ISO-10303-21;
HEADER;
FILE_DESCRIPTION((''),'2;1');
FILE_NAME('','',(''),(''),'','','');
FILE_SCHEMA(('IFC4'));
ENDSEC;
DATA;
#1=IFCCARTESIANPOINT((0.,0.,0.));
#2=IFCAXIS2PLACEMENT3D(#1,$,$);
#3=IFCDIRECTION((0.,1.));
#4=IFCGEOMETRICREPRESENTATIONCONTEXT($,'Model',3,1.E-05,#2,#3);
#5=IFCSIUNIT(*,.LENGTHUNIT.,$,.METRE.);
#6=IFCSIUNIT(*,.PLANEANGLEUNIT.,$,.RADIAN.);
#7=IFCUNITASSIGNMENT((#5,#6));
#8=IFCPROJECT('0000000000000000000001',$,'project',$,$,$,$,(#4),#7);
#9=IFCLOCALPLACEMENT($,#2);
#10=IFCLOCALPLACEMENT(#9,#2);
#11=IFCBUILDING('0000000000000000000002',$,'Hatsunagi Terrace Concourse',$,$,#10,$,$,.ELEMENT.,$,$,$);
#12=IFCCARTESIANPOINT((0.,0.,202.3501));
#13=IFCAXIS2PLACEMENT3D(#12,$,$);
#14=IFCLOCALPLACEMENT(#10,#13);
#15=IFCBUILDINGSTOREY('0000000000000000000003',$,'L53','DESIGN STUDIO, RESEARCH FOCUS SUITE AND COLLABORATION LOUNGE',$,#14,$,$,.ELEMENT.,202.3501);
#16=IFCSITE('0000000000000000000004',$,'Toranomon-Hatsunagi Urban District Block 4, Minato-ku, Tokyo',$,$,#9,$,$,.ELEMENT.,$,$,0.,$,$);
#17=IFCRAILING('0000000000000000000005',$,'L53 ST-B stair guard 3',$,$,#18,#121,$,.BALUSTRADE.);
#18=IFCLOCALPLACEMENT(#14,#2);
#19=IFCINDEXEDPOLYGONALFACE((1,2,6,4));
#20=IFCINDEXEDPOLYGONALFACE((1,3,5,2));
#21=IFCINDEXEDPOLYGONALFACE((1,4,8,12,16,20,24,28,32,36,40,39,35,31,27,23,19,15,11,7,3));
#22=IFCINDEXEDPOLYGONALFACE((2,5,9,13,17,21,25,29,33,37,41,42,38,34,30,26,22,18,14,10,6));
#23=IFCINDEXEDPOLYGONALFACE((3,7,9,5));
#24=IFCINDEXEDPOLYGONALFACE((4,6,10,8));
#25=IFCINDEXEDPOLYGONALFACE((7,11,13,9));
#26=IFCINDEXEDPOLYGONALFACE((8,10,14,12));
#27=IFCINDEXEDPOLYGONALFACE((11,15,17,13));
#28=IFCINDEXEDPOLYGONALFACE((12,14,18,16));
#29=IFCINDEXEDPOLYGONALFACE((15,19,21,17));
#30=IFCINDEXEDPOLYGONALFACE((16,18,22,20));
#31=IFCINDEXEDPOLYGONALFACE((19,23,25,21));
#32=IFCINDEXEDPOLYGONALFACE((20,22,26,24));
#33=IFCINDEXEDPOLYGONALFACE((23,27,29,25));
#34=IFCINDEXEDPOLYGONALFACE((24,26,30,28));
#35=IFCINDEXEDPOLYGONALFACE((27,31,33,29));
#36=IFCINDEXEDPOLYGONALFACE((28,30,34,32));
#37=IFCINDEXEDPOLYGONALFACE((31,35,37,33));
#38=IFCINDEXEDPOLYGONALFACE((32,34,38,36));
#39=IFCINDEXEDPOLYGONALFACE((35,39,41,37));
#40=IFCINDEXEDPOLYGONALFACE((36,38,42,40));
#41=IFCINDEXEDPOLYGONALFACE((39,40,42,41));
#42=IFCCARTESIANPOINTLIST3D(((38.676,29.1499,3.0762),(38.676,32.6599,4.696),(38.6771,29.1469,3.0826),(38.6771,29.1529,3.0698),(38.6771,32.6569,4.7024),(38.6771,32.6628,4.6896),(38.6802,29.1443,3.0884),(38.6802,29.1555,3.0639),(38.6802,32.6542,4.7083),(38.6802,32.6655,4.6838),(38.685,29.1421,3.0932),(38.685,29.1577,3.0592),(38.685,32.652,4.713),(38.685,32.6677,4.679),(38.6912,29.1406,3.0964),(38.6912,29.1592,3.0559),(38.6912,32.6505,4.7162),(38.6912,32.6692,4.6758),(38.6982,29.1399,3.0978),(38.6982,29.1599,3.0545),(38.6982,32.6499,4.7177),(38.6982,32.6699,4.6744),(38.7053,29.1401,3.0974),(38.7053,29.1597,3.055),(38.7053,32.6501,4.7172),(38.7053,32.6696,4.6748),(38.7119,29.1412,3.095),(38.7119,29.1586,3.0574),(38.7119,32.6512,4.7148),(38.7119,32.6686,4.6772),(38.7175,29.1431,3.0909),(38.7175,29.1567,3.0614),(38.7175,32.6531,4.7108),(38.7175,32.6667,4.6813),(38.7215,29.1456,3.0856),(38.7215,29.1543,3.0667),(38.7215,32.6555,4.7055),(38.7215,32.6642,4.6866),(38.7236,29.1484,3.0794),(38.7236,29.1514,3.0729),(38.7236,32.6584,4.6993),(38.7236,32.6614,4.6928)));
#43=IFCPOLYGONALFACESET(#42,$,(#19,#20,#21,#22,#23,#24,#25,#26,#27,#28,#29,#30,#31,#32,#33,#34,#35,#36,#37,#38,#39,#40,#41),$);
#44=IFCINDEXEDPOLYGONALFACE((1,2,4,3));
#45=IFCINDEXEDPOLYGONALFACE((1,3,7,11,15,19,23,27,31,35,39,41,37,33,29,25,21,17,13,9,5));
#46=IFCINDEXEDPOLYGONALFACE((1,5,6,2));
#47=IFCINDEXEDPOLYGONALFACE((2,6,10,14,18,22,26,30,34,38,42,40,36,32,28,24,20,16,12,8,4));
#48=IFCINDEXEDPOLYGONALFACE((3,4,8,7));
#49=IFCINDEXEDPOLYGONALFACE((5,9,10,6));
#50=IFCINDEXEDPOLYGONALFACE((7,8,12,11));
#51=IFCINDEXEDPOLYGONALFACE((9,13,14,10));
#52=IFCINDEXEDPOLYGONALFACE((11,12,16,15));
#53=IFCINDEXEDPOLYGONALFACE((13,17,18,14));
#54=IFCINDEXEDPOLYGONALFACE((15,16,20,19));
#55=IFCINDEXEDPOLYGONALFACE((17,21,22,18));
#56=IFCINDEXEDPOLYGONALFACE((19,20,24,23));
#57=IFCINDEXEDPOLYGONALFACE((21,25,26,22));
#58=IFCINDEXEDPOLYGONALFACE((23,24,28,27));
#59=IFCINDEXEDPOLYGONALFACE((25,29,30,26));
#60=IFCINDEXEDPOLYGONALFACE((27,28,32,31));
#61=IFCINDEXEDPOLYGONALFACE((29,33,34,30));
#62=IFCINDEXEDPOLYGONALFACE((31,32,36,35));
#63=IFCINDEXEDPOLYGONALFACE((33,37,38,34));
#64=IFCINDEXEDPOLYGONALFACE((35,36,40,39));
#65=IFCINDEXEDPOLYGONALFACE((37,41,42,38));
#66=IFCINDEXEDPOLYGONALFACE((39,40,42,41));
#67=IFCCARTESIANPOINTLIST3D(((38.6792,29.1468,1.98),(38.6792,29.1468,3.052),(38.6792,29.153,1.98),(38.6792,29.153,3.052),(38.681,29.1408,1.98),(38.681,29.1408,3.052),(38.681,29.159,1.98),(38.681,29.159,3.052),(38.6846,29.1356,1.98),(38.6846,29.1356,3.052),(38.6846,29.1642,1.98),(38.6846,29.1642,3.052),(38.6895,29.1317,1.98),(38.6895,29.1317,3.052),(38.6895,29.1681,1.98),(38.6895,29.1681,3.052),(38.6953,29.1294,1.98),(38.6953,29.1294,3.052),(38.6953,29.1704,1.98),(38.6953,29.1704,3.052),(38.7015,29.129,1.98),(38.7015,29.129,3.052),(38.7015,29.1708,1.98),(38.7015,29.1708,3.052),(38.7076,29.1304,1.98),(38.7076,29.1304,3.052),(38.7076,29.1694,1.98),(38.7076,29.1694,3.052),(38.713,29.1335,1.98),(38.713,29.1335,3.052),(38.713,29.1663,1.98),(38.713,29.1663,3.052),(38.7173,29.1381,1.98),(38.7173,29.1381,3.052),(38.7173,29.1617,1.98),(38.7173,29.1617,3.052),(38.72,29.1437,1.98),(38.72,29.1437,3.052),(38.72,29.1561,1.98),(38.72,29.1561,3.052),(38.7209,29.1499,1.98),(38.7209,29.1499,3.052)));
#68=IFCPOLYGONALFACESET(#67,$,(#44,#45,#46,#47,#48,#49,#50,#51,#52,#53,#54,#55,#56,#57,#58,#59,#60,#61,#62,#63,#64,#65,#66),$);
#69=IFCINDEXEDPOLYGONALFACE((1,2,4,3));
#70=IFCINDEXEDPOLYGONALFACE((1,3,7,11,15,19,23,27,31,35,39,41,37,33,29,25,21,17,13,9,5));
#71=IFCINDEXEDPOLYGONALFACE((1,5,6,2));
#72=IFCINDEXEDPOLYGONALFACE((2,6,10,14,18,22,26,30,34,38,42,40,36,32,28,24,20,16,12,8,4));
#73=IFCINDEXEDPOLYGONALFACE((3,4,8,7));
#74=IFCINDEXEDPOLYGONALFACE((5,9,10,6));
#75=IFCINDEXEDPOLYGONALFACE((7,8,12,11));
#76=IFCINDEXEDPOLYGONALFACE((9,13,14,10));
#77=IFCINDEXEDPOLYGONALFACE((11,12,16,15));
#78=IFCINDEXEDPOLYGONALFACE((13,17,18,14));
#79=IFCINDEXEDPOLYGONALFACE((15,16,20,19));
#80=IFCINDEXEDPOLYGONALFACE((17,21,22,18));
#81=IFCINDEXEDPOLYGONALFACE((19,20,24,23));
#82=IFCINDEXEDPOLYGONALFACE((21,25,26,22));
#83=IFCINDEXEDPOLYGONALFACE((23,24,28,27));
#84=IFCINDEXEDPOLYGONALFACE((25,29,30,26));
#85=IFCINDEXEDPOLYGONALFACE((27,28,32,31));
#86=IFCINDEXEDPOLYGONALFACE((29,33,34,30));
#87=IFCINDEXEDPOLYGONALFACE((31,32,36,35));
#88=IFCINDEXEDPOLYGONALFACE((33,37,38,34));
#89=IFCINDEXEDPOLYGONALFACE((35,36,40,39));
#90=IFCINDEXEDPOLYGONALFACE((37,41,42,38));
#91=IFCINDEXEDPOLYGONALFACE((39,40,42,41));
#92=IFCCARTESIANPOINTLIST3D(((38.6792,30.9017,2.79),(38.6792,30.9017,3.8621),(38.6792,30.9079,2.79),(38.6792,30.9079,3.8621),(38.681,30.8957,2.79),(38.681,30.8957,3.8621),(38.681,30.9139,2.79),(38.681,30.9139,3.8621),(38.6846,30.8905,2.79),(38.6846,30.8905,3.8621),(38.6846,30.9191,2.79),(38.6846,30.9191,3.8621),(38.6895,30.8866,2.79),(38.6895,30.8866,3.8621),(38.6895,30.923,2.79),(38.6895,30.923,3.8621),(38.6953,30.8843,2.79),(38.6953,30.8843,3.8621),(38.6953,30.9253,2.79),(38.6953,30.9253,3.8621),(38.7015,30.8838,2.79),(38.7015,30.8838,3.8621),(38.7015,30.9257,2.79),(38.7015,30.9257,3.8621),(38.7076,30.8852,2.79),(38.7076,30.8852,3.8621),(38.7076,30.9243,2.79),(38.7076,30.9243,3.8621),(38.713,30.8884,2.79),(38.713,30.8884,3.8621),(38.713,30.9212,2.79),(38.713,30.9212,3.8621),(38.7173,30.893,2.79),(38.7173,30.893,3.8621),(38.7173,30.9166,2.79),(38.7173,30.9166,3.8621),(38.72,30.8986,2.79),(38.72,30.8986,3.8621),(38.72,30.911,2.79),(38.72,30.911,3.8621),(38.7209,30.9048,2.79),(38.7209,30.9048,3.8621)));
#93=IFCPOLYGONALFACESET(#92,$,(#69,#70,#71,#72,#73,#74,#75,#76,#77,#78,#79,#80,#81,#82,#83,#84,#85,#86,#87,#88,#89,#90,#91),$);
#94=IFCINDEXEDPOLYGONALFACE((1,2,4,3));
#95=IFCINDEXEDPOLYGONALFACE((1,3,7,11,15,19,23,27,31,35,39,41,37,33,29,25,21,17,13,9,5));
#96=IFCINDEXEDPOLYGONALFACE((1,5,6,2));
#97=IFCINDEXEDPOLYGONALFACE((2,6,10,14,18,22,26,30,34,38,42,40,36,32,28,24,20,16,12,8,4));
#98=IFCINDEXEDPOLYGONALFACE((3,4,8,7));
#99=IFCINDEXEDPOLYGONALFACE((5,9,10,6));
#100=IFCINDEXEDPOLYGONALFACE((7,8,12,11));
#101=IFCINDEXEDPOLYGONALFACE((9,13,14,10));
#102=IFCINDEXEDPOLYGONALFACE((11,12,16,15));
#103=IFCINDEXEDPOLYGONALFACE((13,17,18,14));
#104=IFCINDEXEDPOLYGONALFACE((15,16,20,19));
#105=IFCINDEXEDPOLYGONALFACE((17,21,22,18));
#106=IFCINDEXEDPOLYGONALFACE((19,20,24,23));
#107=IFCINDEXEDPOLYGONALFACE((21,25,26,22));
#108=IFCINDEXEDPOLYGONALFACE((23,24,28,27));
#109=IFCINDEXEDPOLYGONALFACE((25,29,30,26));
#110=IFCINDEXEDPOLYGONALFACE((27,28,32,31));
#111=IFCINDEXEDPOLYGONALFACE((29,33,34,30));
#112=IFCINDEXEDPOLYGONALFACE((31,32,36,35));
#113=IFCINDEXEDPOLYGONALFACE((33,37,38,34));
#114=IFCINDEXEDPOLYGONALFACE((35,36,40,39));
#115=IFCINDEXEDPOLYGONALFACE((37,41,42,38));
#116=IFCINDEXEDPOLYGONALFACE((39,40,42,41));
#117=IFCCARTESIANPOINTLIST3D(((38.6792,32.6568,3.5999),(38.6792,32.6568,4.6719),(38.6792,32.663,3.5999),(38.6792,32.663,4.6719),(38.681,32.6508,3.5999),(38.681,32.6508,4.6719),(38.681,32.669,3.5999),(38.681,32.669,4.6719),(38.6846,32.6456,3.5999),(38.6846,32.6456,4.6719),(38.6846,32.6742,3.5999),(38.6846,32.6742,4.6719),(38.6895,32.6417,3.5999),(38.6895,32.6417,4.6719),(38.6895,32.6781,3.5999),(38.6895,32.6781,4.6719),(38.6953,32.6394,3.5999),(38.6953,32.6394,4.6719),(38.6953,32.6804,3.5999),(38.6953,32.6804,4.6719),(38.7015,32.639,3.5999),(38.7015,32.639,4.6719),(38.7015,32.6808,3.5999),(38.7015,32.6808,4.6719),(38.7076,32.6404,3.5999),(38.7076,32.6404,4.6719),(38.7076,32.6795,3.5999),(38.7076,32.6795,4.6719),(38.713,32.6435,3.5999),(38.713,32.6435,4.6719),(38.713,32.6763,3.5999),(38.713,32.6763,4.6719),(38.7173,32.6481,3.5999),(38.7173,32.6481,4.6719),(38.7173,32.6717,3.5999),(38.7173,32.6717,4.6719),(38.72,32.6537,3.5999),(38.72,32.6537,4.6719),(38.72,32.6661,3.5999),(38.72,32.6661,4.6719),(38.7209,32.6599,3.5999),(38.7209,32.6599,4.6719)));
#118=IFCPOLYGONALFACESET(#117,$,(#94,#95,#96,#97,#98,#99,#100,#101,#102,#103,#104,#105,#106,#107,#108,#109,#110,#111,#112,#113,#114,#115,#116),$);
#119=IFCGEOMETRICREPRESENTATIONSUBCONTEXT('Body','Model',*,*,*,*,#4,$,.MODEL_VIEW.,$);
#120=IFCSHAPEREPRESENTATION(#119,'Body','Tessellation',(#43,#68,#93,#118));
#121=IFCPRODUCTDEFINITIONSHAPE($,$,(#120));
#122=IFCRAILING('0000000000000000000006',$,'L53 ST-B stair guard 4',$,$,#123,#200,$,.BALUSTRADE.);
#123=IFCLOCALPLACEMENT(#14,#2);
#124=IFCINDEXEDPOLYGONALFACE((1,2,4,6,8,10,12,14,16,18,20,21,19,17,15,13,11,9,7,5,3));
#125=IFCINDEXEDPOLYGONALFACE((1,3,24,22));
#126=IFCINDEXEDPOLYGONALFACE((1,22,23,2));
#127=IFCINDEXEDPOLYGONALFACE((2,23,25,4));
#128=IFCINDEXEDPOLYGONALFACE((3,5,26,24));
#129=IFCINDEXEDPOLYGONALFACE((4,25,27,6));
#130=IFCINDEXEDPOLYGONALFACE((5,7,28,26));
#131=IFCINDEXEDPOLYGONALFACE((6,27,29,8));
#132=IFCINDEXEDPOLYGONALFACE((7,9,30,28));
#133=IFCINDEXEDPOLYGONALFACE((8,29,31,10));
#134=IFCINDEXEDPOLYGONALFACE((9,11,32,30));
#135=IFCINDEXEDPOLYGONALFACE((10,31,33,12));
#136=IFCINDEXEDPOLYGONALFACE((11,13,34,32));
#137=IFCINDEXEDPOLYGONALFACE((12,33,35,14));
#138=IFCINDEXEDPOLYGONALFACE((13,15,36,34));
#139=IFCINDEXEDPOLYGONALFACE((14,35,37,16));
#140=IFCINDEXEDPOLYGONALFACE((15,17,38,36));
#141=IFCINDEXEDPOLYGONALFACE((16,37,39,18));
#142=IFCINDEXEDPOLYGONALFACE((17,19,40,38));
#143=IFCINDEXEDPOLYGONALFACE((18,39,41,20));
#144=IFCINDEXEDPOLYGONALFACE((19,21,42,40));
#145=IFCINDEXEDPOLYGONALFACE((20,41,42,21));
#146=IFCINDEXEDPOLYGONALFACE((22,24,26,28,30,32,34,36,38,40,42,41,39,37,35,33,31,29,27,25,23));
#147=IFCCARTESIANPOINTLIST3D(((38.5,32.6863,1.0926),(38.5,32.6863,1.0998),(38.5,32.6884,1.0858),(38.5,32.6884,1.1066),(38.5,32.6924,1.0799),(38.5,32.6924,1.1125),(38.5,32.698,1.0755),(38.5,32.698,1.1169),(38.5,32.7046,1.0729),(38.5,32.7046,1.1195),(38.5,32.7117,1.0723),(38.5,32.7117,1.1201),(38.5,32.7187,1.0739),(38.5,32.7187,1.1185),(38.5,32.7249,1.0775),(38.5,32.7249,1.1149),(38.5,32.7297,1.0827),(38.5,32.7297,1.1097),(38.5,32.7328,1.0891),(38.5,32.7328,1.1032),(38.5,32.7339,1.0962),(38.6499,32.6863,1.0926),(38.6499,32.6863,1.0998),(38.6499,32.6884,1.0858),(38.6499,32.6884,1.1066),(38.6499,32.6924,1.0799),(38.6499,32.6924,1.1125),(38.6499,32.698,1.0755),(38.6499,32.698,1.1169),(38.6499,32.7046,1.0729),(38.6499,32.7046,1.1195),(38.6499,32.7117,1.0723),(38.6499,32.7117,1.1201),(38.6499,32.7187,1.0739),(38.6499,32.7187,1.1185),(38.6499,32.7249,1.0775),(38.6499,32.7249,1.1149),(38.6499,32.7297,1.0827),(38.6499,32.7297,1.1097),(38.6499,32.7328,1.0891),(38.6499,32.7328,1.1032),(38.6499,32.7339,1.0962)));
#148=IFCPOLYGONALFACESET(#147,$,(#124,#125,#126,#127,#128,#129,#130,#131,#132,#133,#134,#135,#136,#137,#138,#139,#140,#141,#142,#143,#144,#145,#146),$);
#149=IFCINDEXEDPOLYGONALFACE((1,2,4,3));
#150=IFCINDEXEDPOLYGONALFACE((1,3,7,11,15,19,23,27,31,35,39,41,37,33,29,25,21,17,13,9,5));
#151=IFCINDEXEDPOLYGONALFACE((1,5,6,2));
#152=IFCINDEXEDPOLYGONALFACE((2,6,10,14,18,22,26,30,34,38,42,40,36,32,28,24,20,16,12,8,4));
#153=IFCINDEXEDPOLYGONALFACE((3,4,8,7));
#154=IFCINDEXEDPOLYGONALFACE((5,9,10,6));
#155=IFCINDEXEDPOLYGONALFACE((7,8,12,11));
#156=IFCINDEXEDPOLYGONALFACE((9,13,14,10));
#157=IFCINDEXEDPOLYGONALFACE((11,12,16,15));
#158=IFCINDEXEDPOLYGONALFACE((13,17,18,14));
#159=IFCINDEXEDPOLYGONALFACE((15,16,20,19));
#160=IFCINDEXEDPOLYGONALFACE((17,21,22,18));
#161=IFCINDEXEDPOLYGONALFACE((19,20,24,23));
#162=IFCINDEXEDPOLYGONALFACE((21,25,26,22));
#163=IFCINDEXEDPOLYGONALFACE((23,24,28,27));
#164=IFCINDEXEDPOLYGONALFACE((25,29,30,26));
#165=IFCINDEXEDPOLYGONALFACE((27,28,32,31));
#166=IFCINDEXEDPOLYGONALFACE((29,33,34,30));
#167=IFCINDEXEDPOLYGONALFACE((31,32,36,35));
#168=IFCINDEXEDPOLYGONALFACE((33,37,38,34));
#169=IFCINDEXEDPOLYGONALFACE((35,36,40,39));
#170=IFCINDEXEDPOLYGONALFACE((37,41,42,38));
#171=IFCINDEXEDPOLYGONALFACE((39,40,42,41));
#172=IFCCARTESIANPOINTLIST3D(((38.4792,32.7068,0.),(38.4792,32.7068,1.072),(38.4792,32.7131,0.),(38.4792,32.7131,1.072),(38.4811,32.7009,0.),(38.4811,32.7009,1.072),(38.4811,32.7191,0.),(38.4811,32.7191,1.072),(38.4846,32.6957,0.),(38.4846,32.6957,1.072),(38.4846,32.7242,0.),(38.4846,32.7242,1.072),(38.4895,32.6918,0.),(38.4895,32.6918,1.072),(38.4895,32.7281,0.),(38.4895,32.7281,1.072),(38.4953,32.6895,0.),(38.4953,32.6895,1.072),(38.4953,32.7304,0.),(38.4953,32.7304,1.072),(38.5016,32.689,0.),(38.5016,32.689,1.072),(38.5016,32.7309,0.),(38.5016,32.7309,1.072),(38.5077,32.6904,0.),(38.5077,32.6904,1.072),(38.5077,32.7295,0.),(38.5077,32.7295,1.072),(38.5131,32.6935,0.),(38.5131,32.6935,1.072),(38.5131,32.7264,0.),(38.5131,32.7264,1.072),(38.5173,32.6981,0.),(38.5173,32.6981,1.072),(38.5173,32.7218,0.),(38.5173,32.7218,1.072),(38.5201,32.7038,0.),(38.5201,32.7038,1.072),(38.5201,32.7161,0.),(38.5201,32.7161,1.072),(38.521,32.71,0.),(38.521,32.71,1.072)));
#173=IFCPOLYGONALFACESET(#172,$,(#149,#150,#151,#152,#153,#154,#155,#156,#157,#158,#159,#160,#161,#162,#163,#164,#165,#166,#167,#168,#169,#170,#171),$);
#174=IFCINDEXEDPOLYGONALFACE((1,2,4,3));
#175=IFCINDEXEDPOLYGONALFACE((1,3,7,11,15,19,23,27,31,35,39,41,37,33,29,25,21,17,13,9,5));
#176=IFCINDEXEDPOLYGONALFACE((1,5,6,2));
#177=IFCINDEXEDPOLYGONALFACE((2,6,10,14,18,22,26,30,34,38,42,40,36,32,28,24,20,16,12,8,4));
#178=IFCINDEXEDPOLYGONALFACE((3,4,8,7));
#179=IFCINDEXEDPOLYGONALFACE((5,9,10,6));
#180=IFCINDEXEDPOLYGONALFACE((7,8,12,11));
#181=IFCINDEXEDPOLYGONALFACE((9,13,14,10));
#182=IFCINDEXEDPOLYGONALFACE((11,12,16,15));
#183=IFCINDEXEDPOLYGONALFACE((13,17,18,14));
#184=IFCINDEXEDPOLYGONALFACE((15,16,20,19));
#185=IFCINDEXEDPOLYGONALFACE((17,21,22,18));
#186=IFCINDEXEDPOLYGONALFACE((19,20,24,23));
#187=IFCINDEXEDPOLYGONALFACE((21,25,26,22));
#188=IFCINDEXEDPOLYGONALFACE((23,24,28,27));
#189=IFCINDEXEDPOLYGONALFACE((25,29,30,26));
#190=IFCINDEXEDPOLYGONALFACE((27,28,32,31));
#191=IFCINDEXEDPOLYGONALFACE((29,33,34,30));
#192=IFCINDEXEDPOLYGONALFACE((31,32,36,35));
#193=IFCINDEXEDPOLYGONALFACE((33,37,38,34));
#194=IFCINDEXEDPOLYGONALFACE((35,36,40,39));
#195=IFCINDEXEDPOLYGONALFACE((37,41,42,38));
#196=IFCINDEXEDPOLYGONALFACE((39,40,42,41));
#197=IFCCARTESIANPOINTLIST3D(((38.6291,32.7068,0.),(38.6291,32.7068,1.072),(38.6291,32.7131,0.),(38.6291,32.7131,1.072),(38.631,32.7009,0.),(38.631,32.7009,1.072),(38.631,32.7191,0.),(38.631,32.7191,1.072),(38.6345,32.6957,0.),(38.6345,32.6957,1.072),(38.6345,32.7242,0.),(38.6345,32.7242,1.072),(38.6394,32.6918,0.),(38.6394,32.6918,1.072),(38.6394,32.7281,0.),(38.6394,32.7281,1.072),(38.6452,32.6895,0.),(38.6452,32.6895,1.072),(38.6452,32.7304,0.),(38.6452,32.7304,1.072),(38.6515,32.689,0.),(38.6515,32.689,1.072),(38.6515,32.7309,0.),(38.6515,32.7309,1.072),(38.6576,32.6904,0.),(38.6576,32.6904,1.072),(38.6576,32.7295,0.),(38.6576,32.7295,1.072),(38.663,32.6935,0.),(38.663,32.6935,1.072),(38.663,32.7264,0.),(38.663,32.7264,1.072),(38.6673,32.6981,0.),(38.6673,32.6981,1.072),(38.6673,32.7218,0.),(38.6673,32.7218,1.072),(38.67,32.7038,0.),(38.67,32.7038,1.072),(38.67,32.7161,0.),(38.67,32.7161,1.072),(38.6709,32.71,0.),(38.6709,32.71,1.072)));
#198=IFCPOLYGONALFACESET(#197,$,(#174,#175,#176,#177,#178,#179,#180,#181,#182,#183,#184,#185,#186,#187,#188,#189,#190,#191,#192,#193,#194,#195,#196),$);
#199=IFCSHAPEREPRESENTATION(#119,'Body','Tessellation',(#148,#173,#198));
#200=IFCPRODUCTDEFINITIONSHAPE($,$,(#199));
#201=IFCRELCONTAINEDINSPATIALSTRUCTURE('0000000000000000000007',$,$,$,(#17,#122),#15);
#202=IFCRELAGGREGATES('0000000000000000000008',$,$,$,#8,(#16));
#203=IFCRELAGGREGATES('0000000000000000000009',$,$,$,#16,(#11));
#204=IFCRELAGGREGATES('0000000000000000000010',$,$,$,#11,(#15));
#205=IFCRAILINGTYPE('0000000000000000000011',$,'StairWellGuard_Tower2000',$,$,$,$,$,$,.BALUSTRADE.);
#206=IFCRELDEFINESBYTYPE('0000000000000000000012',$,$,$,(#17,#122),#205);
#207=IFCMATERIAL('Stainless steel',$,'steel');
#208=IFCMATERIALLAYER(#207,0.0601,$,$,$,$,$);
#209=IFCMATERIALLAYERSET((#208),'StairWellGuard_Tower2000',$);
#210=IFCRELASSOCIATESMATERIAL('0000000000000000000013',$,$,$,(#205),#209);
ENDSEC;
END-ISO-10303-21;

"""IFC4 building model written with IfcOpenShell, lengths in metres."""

from ifc_helpers import new_model, si_unit, direction, frame, origin, origin_2d, place, context, subcontext, project, spatial, circle, extrude, material, layer, layer_set, type_object, element, save


model = new_model("IFC4")

# Units and contexts
model_context = context("Model", 3, precision=1e-05, world=origin(), true_north=direction((0.0, 1.0)))
body_context = subcontext(model_context, "Body", "Model", "MODEL_VIEW")
ifc_project = project(units=[si_unit("LENGTHUNIT", "METRE"), si_unit("PLANEANGLEUNIT", "RADIAN")], contexts=[model_context])

# Site, building, storey
site_placement = place(None, origin())
site = spatial("IfcSite", under=ifc_project, at=site_placement, Name="Toranomon-Hatsunagi Urban District Block 4, Minato-ku, Tokyo", CompositionType="ELEMENT", RefElevation=0.0)
building_placement = place(site_placement, origin())
building = spatial("IfcBuilding", under=site, at=building_placement, Name="Hatsunagi Terrace Concourse", CompositionType="ELEMENT")
storey_placement = place(building_placement, frame((0.0, 0.0, 202.3501)))
storey = spatial("IfcBuildingStorey", under=building, at=storey_placement, Name="L53", Description="DESIGN STUDIO, RESEARCH FOCUS SUITE AND COLLABORATION LOUNGE", CompositionType="ELEMENT", Elevation=202.3501)

# Railings
ifc_material_1 = material(Name="Stainless steel", Category="steel")
ifc_layer_1 = layer(ifc_material_1, 0.0601)
ifc_layer_set_1 = layer_set([ifc_layer_1], Name="StairWellGuard_Tower2000")
railing_type_1 = type_object("IfcRailingType", Name="StairWellGuard_Tower2000", PredefinedType="BALUSTRADE", material=ifc_layer_set_1)
railing_1_placement = place(storey_placement, frame((38.7, 29.1499, 1.98)))
element("IfcRailing", 1, at=railing_1_placement, inside=storey, type_object=railing_type_1, Name="L53 ST-B stair guard 3", PredefinedType="BALUSTRADE", context=body_context, shape_type="SweptSolid", body=[
    extrude(circle(Radius=0.0239, at=origin_2d()), frame((0.0, 0.0, 1.0962), z_axis=(0.0, 0.907972, 0.41903), x_axis=(-1.0, 0.0, 0.0)), (0.0, 0.0, 1.0), 3.8657),
    extrude(circle(Radius=0.021, at=origin_2d()), origin(), (0.0, 0.0, 1.0), 1.072),
    extrude(circle(Radius=0.021, at=origin_2d()), frame((0.0, 1.7549, 0.8101)), (0.0, 0.0, 1.0), 1.072),
    extrude(circle(Radius=0.021, at=origin_2d()), frame((0.0, 3.51, 1.6199)), (0.0, 0.0, 1.0), 1.072),
])
railing_2_placement = place(storey_placement, frame((38.5, 32.71, 0.0)))
element("IfcRailing", 2, at=railing_2_placement, inside=storey, type_object=railing_type_1, Name="L53 ST-B stair guard 4", PredefinedType="BALUSTRADE", context=body_context, shape_type="SweptSolid", body=[
    extrude(circle(Radius=0.0239, at=origin_2d()), frame((0.0, 0.0, 1.0962), z_axis=(1.0, 0.0, 0.0), x_axis=(0.0, 1.0, 0.0)), (0.0, 0.0, 1.0), 0.1499),
    extrude(circle(Radius=0.021, at=origin_2d()), origin(), (0.0, 0.0, 1.0), 1.072),
    extrude(circle(Radius=0.021, at=origin_2d()), frame((0.1499, 0.0, 0.0)), (0.0, 0.0, 1.0), 1.072),
])

save(model, "model.ifc")
